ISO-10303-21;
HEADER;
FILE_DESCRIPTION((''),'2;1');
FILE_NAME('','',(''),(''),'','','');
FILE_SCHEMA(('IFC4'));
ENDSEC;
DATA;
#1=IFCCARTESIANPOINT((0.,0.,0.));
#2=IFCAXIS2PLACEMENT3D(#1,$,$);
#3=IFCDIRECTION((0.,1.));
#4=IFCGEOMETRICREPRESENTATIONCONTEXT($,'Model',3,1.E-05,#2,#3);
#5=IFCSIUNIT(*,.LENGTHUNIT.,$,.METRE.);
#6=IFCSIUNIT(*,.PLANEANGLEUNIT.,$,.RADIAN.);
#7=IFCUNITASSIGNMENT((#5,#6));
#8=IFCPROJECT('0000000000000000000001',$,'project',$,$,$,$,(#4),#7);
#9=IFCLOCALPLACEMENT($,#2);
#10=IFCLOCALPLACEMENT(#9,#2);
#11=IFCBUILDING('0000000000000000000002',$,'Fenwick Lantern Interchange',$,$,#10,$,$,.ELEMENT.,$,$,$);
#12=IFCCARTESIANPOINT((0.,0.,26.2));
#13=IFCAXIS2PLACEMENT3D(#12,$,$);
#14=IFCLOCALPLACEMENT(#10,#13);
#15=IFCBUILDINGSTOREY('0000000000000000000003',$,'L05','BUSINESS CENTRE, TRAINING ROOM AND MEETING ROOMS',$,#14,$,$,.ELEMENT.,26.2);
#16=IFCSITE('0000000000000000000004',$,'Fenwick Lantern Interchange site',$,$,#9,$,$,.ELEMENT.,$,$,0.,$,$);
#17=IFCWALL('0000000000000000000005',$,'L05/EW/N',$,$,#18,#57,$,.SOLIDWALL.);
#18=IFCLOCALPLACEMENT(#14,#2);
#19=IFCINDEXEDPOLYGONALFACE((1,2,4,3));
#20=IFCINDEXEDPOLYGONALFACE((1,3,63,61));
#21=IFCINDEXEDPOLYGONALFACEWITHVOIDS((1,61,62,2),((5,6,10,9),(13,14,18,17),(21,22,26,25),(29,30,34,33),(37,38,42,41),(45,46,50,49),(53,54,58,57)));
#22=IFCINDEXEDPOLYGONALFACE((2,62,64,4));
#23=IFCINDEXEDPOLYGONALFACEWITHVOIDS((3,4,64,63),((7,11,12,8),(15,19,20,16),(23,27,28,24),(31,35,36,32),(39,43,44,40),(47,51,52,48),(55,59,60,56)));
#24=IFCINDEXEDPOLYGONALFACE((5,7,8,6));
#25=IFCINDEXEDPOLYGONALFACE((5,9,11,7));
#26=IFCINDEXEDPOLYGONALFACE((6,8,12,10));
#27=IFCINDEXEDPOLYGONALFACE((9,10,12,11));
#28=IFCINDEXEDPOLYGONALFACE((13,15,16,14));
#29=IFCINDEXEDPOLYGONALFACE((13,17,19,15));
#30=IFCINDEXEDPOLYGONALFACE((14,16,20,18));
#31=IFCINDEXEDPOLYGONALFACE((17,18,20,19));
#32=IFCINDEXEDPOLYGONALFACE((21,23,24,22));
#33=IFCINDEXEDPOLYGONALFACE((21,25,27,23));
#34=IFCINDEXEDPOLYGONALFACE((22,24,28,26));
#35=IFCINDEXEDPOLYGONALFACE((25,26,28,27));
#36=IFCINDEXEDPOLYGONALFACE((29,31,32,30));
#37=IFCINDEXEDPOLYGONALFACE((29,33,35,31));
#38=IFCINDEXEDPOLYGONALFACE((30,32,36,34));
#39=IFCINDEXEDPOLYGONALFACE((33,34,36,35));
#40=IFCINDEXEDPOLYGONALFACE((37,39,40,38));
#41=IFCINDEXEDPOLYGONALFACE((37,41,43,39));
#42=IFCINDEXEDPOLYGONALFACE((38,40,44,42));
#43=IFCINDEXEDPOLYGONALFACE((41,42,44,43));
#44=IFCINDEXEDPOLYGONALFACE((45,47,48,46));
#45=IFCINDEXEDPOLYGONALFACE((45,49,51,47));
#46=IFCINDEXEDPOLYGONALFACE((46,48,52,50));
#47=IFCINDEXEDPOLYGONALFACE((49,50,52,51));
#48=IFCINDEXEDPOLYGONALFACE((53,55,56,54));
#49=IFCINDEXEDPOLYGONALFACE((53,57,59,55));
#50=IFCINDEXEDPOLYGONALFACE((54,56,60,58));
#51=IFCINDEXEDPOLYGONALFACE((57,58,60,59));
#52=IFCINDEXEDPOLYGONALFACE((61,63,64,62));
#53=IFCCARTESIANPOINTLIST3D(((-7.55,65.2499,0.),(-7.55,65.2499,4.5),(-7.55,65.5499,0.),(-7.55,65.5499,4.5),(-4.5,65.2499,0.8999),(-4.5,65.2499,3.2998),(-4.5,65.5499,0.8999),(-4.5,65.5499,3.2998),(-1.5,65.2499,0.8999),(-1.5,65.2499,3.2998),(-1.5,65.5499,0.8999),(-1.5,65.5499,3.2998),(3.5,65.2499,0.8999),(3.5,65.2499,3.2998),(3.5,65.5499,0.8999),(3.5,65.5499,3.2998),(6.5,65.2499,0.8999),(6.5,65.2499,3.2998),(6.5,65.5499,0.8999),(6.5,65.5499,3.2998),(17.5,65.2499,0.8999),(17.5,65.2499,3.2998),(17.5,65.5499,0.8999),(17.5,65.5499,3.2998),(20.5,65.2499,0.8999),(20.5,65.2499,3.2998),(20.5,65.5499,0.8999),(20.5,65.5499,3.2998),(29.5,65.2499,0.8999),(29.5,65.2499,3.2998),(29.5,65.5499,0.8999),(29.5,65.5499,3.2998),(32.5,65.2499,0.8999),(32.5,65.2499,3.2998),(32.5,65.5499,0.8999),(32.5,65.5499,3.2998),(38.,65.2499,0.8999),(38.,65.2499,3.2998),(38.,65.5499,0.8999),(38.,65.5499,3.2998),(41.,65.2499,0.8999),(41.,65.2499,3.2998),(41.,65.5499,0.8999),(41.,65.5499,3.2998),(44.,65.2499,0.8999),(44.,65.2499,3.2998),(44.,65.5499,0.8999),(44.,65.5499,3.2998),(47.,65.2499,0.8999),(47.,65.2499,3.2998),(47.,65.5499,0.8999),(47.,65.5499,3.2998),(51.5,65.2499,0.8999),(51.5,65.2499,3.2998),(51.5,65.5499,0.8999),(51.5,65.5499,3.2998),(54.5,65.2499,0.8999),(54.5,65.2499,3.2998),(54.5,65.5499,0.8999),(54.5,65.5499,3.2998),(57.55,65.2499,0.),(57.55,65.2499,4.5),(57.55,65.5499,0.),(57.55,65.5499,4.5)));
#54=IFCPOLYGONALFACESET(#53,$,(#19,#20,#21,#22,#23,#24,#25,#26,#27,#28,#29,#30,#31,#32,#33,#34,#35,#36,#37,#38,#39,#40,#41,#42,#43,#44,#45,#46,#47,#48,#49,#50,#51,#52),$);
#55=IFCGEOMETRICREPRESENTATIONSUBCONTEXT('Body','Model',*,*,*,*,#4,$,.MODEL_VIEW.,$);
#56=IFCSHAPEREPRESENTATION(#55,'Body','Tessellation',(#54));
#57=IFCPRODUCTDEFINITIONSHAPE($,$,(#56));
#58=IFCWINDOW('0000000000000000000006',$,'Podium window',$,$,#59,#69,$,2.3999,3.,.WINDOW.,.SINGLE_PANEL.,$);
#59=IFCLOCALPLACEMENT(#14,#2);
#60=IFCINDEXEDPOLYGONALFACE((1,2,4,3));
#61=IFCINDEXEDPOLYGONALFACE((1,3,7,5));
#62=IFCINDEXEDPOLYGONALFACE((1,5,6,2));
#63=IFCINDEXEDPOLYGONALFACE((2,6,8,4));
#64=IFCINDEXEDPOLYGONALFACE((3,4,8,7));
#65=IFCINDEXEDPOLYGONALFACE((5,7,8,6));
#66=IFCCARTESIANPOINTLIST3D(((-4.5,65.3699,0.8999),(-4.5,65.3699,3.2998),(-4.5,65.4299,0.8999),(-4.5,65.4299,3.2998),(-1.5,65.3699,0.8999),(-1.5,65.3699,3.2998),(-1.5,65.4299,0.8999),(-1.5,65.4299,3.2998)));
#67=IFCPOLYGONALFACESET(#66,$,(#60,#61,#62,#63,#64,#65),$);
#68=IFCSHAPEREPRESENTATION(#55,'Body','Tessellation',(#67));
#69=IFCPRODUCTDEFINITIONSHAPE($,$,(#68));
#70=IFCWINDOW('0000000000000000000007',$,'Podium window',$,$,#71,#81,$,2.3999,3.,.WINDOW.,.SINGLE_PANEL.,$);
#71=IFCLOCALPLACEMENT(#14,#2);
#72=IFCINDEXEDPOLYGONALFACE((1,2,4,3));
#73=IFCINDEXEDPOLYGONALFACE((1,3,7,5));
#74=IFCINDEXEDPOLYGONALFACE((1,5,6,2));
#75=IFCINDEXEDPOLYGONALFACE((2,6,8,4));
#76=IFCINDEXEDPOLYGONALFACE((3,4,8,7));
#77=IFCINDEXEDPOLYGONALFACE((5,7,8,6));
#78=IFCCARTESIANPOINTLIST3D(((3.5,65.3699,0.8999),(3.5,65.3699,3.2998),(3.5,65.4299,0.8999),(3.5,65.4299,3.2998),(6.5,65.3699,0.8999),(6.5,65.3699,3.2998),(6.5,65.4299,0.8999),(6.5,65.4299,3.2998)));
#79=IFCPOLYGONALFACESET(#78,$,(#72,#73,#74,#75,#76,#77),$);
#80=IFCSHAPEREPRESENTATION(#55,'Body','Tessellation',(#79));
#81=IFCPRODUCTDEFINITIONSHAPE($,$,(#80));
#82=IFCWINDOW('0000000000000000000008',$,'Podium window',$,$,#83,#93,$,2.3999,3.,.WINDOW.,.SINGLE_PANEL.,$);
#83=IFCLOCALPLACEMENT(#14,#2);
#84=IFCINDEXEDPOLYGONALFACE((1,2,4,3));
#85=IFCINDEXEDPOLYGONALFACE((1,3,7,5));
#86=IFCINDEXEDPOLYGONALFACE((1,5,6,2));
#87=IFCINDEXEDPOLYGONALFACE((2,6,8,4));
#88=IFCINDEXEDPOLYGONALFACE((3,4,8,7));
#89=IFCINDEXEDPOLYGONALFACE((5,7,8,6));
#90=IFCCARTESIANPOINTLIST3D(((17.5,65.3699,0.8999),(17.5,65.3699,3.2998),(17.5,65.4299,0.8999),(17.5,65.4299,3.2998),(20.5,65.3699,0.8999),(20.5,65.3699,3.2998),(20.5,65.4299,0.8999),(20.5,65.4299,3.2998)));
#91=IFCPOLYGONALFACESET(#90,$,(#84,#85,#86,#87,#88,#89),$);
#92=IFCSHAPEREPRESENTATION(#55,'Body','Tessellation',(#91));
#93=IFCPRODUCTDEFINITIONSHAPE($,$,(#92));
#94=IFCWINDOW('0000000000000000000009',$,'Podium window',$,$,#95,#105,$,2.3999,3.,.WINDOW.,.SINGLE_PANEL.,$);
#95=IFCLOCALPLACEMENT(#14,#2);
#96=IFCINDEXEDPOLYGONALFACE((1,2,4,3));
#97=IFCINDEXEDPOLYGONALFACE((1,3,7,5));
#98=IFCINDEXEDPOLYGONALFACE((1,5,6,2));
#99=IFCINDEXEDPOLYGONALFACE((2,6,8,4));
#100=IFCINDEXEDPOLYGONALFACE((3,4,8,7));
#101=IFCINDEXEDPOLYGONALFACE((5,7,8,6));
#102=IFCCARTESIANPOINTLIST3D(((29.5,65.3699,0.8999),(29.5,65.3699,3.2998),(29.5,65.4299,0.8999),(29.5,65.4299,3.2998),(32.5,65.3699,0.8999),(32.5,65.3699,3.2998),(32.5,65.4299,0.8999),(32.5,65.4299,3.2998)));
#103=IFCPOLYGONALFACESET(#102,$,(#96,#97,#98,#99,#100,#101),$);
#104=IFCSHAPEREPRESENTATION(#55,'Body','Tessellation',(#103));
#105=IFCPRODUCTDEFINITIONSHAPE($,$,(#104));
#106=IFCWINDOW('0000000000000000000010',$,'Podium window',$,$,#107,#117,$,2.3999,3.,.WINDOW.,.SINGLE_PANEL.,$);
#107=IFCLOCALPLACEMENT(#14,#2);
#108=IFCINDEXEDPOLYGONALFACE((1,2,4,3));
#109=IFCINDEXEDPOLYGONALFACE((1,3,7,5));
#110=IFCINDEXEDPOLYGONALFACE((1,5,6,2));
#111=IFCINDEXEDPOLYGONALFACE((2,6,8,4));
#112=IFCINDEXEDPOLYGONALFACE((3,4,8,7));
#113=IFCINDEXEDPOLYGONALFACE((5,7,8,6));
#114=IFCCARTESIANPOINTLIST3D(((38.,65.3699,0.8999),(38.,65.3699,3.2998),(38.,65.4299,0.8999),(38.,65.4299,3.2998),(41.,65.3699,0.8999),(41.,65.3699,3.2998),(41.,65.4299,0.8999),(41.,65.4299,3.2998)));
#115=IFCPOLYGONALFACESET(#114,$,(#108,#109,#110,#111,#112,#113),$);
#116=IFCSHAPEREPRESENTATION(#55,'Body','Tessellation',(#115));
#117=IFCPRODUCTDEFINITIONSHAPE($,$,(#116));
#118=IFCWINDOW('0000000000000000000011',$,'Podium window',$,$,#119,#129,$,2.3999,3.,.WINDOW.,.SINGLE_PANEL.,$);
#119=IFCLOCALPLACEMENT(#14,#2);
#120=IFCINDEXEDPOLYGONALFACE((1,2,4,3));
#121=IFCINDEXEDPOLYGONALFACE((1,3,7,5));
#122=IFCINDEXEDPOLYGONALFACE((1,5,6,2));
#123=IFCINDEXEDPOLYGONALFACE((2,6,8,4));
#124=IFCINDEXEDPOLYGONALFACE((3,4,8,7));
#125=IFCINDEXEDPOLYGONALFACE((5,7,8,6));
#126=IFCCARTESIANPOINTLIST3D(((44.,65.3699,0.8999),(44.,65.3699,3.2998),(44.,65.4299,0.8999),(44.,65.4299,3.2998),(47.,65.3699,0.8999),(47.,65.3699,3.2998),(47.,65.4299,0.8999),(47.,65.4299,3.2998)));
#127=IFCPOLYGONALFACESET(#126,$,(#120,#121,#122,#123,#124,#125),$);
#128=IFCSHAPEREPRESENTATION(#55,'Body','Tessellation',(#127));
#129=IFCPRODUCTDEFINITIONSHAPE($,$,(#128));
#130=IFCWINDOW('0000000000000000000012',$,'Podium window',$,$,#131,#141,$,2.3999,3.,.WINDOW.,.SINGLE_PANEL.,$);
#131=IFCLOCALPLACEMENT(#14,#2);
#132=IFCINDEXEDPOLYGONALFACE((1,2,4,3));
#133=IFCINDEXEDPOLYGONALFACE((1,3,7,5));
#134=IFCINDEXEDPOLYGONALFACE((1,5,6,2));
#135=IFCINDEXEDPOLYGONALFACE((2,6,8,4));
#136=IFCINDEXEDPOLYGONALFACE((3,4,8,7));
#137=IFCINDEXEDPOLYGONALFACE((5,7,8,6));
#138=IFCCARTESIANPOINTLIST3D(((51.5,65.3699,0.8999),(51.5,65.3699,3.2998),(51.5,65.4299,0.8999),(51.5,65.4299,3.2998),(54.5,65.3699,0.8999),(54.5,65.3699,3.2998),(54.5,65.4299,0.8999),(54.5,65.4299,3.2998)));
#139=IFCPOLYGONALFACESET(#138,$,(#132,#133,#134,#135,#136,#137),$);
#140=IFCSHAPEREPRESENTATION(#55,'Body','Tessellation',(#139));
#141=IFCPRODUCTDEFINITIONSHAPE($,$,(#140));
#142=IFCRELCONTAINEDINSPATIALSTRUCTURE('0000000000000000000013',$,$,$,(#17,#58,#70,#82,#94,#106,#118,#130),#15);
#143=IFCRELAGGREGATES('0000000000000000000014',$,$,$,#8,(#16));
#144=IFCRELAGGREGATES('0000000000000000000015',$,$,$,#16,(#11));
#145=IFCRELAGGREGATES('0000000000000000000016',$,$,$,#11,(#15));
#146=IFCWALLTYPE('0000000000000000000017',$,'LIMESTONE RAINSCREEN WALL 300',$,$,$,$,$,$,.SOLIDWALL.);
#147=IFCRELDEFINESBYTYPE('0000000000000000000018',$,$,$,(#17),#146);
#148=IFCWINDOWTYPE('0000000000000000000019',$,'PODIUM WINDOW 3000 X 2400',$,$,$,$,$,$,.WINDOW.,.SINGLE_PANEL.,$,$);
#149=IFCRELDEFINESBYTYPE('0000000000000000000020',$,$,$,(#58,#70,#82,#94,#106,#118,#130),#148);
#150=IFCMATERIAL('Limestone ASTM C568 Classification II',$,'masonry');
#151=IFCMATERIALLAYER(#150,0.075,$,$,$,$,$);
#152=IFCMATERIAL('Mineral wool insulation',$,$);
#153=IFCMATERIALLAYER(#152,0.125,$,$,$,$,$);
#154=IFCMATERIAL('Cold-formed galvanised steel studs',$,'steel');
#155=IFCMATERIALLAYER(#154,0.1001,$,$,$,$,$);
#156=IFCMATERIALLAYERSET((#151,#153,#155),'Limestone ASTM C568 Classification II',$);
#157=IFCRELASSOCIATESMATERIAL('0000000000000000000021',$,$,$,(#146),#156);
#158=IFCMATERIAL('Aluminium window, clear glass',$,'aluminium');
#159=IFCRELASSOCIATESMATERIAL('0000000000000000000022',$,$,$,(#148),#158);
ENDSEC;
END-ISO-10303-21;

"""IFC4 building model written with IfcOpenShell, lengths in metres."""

from ifc_helpers import new_model, si_unit, direction, frame, frame_2d, origin, place, context, subcontext, project, spatial, rectangle, extrude, material, layer, layer_set, type_object, element, fill, save


model = new_model("IFC4")

# Units and contexts
model_context = context("Model", 3, precision=1e-05, world=origin(), true_north=direction((0.0, 1.0)))
body_context = subcontext(model_context, "Body", "Model", "MODEL_VIEW")
ifc_project = project(units=[si_unit("LENGTHUNIT", "METRE"), si_unit("PLANEANGLEUNIT", "RADIAN")], contexts=[model_context])

# Site, building, storey
site_placement = place(None, origin())
site = spatial("IfcSite", under=ifc_project, at=site_placement, Name="Fenwick Lantern Interchange site", CompositionType="ELEMENT", RefElevation=0.0)
building_placement = place(site_placement, origin())
building = spatial("IfcBuilding", under=site, at=building_placement, Name="Fenwick Lantern Interchange", CompositionType="ELEMENT")
storey_placement = place(building_placement, frame((0.0, 0.0, 26.2)))
storey = spatial("IfcBuildingStorey", under=building, at=storey_placement, Name="L05", Description="BUSINESS CENTRE, TRAINING ROOM AND MEETING ROOMS", CompositionType="ELEMENT", Elevation=26.2)

# Wall, openings, windows
ifc_material_1 = material(Name="Limestone ASTM C568 Classification II", Category="masonry")
ifc_layer_1 = layer(ifc_material_1, 0.075)
ifc_material_2 = material(Name="Mineral wool insulation")
ifc_layer_2 = layer(ifc_material_2, 0.125)
ifc_material_3 = material(Name="Cold-formed galvanised steel studs", Category="steel")
ifc_layer_3 = layer(ifc_material_3, 0.1001)
ifc_layer_set = layer_set([ifc_layer_1, ifc_layer_2, ifc_layer_3], Name="Limestone ASTM C568 Classification II")
wall_type = type_object("IfcWallType", Name="LIMESTONE RAINSCREEN WALL 300", PredefinedType="SOLIDWALL", material=ifc_layer_set)
wall_placement = place(storey_placement, frame((57.55, 65.3999, 0.0), z_axis=(0.0, 0.0, 1.0), x_axis=(-1.0, 0.0, 0.0)))
wall = element("IfcWall", 1, at=wall_placement, inside=storey, type_object=wall_type, Name="L05/EW/N", PredefinedType="SOLIDWALL", context=body_context, shape_type="SweptSolid", body=[
    extrude(rectangle(XDim=65.1001, YDim=0.3, at=frame_2d((32.55, 0.0))), origin(), (0.0, 0.0, 1.0), 4.5),
])
opening_1_placement = place(wall_placement, frame((59.05, 0.0, 0.8999)))
opening_1 = element("IfcOpeningElement", 2, at=opening_1_placement, cuts=wall, PredefinedType="OPENING", context=body_context, shape_type="SweptSolid", body=[
    extrude(rectangle(XDim=3.0, YDim=2.3999, at=frame_2d((1.5, 1.2))), frame((0.0, 0.1599, 0.0), z_axis=(0.0, -1.0, 0.0), x_axis=(1.0, 0.0, 0.0)), (0.0, 0.0, 1.0), 0.3201),
])
opening_2_placement = place(wall_placement, frame((51.05, 0.0, 0.8999)))
opening_2 = element("IfcOpeningElement", 3, at=opening_2_placement, cuts=wall, PredefinedType="OPENING", context=body_context, shape_type="SweptSolid", body=[
    extrude(rectangle(XDim=3.0, YDim=2.3999, at=frame_2d((1.5, 1.2))), frame((0.0, 0.1599, 0.0), z_axis=(0.0, -1.0, 0.0), x_axis=(1.0, 0.0, 0.0)), (0.0, 0.0, 1.0), 0.3201),
])
opening_3_placement = place(wall_placement, frame((37.05, 0.0, 0.8999)))
opening_3 = element("IfcOpeningElement", 4, at=opening_3_placement, cuts=wall, PredefinedType="OPENING", context=body_context, shape_type="SweptSolid", body=[
    extrude(rectangle(XDim=3.0, YDim=2.3999, at=frame_2d((1.5, 1.2))), frame((0.0, 0.1599, 0.0), z_axis=(0.0, -1.0, 0.0), x_axis=(1.0, 0.0, 0.0)), (0.0, 0.0, 1.0), 0.3201),
])
opening_4_placement = place(wall_placement, frame((25.05, 0.0, 0.8999)))
opening_4 = element("IfcOpeningElement", 5, at=opening_4_placement, cuts=wall, PredefinedType="OPENING", context=body_context, shape_type="SweptSolid", body=[
    extrude(rectangle(XDim=3.0, YDim=2.3999, at=frame_2d((1.5, 1.2))), frame((0.0, 0.1599, 0.0), z_axis=(0.0, -1.0, 0.0), x_axis=(1.0, 0.0, 0.0)), (0.0, 0.0, 1.0), 0.3201),
])
opening_5_placement = place(wall_placement, frame((16.55, 0.0, 0.8999)))
opening_5 = element("IfcOpeningElement", 6, at=opening_5_placement, cuts=wall, PredefinedType="OPENING", context=body_context, shape_type="SweptSolid", body=[
    extrude(rectangle(XDim=3.0, YDim=2.3999, at=frame_2d((1.5, 1.2))), frame((0.0, 0.1599, 0.0), z_axis=(0.0, -1.0, 0.0), x_axis=(1.0, 0.0, 0.0)), (0.0, 0.0, 1.0), 0.3201),
])
opening_6_placement = place(wall_placement, frame((10.55, 0.0, 0.8999)))
opening_6 = element("IfcOpeningElement", 7, at=opening_6_placement, cuts=wall, PredefinedType="OPENING", context=body_context, shape_type="SweptSolid", body=[
    extrude(rectangle(XDim=3.0, YDim=2.3999, at=frame_2d((1.5, 1.2))), frame((0.0, 0.1599, 0.0), z_axis=(0.0, -1.0, 0.0), x_axis=(1.0, 0.0, 0.0)), (0.0, 0.0, 1.0), 0.3201),
])
opening_7_placement = place(wall_placement, frame((3.05, 0.0, 0.8999)))
opening_7 = element("IfcOpeningElement", 8, at=opening_7_placement, cuts=wall, PredefinedType="OPENING", context=body_context, shape_type="SweptSolid", body=[
    extrude(rectangle(XDim=3.0, YDim=2.3999, at=frame_2d((1.5, 1.2))), frame((0.0, 0.1599, 0.0), z_axis=(0.0, -1.0, 0.0), x_axis=(1.0, 0.0, 0.0)), (0.0, 0.0, 1.0), 0.3201),
])
ifc_material_4 = material(Name="Aluminium window, clear glass", Category="aluminium")
window_type = type_object("IfcWindowType", Name="PODIUM WINDOW 3000 X 2400", PartitioningType="SINGLE_PANEL", PredefinedType="WINDOW", material=ifc_material_4)
window_1_placement = place(opening_1_placement, origin())
window_1 = element("IfcWindow", 9, at=window_1_placement, inside=storey, type_object=window_type, Name="Podium window", OverallHeight=2.3999, OverallWidth=3.0, PartitioningType="SINGLE_PANEL", PredefinedType="WINDOW", context=body_context, shape_type="SweptSolid", body=[
    extrude(rectangle(XDim=3.0, YDim=2.3999, at=frame_2d((1.5, 1.2))), frame((0.0, 0.03, 0.0), z_axis=(0.0, -1.0, 0.0), x_axis=(1.0, 0.0, 0.0)), (0.0, 0.0, 1.0), 0.0601),
])
fill(opening_1, window_1)
window_2_placement = place(opening_2_placement, origin())
window_2 = element("IfcWindow", 10, at=window_2_placement, inside=storey, type_object=window_type, Name="Podium window", OverallHeight=2.3999, OverallWidth=3.0, PartitioningType="SINGLE_PANEL", PredefinedType="WINDOW", context=body_context, shape_type="SweptSolid", body=[
    extrude(rectangle(XDim=3.0, YDim=2.3999, at=frame_2d((1.5, 1.2))), frame((0.0, 0.03, 0.0), z_axis=(0.0, -1.0, 0.0), x_axis=(1.0, 0.0, 0.0)), (0.0, 0.0, 1.0), 0.0601),
])
fill(opening_2, window_2)
window_3_placement = place(opening_3_placement, origin())
window_3 = element("IfcWindow", 11, at=window_3_placement, inside=storey, type_object=window_type, Name="Podium window", OverallHeight=2.3999, OverallWidth=3.0, PartitioningType="SINGLE_PANEL", PredefinedType="WINDOW", context=body_context, shape_type="SweptSolid", body=[
    extrude(rectangle(XDim=3.0, YDim=2.3999, at=frame_2d((1.5, 1.2))), frame((0.0, 0.03, 0.0), z_axis=(0.0, -1.0, 0.0), x_axis=(1.0, 0.0, 0.0)), (0.0, 0.0, 1.0), 0.0601),
])
fill(opening_3, window_3)
window_4_placement = place(opening_4_placement, origin())
window_4 = element("IfcWindow", 12, at=window_4_placement, inside=storey, type_object=window_type, Name="Podium window", OverallHeight=2.3999, OverallWidth=3.0, PartitioningType="SINGLE_PANEL", PredefinedType="WINDOW", context=body_context, shape_type="SweptSolid", body=[
    extrude(rectangle(XDim=3.0, YDim=2.3999, at=frame_2d((1.5, 1.2))), frame((0.0, 0.03, 0.0), z_axis=(0.0, -1.0, 0.0), x_axis=(1.0, 0.0, 0.0)), (0.0, 0.0, 1.0), 0.0601),
])
fill(opening_4, window_4)
window_5_placement = place(opening_5_placement, origin())
window_5 = element("IfcWindow", 13, at=window_5_placement, inside=storey, type_object=window_type, Name="Podium window", OverallHeight=2.3999, OverallWidth=3.0, PartitioningType="SINGLE_PANEL", PredefinedType="WINDOW", context=body_context, shape_type="SweptSolid", body=[
    extrude(rectangle(XDim=3.0, YDim=2.3999, at=frame_2d((1.5, 1.2))), frame((0.0, 0.03, 0.0), z_axis=(0.0, -1.0, 0.0), x_axis=(1.0, 0.0, 0.0)), (0.0, 0.0, 1.0), 0.0601),
])
fill(opening_5, window_5)
window_6_placement = place(opening_6_placement, origin())
window_6 = element("IfcWindow", 14, at=window_6_placement, inside=storey, type_object=window_type, Name="Podium window", OverallHeight=2.3999, OverallWidth=3.0, PartitioningType="SINGLE_PANEL", PredefinedType="WINDOW", context=body_context, shape_type="SweptSolid", body=[
    extrude(rectangle(XDim=3.0, YDim=2.3999, at=frame_2d((1.5, 1.2))), frame((0.0, 0.03, 0.0), z_axis=(0.0, -1.0, 0.0), x_axis=(1.0, 0.0, 0.0)), (0.0, 0.0, 1.0), 0.0601),
])
fill(opening_6, window_6)
window_7_placement = place(opening_7_placement, origin())
window_7 = element("IfcWindow", 15, at=window_7_placement, inside=storey, type_object=window_type, Name="Podium window", OverallHeight=2.3999, OverallWidth=3.0, PartitioningType="SINGLE_PANEL", PredefinedType="WINDOW", context=body_context, shape_type="SweptSolid", body=[
    extrude(rectangle(XDim=3.0, YDim=2.3999, at=frame_2d((1.5, 1.2))), frame((0.0, 0.03, 0.0), z_axis=(0.0, -1.0, 0.0), x_axis=(1.0, 0.0, 0.0)), (0.0, 0.0, 1.0), 0.0601),
])
fill(opening_7, window_7)

save(model, "model.ifc")
